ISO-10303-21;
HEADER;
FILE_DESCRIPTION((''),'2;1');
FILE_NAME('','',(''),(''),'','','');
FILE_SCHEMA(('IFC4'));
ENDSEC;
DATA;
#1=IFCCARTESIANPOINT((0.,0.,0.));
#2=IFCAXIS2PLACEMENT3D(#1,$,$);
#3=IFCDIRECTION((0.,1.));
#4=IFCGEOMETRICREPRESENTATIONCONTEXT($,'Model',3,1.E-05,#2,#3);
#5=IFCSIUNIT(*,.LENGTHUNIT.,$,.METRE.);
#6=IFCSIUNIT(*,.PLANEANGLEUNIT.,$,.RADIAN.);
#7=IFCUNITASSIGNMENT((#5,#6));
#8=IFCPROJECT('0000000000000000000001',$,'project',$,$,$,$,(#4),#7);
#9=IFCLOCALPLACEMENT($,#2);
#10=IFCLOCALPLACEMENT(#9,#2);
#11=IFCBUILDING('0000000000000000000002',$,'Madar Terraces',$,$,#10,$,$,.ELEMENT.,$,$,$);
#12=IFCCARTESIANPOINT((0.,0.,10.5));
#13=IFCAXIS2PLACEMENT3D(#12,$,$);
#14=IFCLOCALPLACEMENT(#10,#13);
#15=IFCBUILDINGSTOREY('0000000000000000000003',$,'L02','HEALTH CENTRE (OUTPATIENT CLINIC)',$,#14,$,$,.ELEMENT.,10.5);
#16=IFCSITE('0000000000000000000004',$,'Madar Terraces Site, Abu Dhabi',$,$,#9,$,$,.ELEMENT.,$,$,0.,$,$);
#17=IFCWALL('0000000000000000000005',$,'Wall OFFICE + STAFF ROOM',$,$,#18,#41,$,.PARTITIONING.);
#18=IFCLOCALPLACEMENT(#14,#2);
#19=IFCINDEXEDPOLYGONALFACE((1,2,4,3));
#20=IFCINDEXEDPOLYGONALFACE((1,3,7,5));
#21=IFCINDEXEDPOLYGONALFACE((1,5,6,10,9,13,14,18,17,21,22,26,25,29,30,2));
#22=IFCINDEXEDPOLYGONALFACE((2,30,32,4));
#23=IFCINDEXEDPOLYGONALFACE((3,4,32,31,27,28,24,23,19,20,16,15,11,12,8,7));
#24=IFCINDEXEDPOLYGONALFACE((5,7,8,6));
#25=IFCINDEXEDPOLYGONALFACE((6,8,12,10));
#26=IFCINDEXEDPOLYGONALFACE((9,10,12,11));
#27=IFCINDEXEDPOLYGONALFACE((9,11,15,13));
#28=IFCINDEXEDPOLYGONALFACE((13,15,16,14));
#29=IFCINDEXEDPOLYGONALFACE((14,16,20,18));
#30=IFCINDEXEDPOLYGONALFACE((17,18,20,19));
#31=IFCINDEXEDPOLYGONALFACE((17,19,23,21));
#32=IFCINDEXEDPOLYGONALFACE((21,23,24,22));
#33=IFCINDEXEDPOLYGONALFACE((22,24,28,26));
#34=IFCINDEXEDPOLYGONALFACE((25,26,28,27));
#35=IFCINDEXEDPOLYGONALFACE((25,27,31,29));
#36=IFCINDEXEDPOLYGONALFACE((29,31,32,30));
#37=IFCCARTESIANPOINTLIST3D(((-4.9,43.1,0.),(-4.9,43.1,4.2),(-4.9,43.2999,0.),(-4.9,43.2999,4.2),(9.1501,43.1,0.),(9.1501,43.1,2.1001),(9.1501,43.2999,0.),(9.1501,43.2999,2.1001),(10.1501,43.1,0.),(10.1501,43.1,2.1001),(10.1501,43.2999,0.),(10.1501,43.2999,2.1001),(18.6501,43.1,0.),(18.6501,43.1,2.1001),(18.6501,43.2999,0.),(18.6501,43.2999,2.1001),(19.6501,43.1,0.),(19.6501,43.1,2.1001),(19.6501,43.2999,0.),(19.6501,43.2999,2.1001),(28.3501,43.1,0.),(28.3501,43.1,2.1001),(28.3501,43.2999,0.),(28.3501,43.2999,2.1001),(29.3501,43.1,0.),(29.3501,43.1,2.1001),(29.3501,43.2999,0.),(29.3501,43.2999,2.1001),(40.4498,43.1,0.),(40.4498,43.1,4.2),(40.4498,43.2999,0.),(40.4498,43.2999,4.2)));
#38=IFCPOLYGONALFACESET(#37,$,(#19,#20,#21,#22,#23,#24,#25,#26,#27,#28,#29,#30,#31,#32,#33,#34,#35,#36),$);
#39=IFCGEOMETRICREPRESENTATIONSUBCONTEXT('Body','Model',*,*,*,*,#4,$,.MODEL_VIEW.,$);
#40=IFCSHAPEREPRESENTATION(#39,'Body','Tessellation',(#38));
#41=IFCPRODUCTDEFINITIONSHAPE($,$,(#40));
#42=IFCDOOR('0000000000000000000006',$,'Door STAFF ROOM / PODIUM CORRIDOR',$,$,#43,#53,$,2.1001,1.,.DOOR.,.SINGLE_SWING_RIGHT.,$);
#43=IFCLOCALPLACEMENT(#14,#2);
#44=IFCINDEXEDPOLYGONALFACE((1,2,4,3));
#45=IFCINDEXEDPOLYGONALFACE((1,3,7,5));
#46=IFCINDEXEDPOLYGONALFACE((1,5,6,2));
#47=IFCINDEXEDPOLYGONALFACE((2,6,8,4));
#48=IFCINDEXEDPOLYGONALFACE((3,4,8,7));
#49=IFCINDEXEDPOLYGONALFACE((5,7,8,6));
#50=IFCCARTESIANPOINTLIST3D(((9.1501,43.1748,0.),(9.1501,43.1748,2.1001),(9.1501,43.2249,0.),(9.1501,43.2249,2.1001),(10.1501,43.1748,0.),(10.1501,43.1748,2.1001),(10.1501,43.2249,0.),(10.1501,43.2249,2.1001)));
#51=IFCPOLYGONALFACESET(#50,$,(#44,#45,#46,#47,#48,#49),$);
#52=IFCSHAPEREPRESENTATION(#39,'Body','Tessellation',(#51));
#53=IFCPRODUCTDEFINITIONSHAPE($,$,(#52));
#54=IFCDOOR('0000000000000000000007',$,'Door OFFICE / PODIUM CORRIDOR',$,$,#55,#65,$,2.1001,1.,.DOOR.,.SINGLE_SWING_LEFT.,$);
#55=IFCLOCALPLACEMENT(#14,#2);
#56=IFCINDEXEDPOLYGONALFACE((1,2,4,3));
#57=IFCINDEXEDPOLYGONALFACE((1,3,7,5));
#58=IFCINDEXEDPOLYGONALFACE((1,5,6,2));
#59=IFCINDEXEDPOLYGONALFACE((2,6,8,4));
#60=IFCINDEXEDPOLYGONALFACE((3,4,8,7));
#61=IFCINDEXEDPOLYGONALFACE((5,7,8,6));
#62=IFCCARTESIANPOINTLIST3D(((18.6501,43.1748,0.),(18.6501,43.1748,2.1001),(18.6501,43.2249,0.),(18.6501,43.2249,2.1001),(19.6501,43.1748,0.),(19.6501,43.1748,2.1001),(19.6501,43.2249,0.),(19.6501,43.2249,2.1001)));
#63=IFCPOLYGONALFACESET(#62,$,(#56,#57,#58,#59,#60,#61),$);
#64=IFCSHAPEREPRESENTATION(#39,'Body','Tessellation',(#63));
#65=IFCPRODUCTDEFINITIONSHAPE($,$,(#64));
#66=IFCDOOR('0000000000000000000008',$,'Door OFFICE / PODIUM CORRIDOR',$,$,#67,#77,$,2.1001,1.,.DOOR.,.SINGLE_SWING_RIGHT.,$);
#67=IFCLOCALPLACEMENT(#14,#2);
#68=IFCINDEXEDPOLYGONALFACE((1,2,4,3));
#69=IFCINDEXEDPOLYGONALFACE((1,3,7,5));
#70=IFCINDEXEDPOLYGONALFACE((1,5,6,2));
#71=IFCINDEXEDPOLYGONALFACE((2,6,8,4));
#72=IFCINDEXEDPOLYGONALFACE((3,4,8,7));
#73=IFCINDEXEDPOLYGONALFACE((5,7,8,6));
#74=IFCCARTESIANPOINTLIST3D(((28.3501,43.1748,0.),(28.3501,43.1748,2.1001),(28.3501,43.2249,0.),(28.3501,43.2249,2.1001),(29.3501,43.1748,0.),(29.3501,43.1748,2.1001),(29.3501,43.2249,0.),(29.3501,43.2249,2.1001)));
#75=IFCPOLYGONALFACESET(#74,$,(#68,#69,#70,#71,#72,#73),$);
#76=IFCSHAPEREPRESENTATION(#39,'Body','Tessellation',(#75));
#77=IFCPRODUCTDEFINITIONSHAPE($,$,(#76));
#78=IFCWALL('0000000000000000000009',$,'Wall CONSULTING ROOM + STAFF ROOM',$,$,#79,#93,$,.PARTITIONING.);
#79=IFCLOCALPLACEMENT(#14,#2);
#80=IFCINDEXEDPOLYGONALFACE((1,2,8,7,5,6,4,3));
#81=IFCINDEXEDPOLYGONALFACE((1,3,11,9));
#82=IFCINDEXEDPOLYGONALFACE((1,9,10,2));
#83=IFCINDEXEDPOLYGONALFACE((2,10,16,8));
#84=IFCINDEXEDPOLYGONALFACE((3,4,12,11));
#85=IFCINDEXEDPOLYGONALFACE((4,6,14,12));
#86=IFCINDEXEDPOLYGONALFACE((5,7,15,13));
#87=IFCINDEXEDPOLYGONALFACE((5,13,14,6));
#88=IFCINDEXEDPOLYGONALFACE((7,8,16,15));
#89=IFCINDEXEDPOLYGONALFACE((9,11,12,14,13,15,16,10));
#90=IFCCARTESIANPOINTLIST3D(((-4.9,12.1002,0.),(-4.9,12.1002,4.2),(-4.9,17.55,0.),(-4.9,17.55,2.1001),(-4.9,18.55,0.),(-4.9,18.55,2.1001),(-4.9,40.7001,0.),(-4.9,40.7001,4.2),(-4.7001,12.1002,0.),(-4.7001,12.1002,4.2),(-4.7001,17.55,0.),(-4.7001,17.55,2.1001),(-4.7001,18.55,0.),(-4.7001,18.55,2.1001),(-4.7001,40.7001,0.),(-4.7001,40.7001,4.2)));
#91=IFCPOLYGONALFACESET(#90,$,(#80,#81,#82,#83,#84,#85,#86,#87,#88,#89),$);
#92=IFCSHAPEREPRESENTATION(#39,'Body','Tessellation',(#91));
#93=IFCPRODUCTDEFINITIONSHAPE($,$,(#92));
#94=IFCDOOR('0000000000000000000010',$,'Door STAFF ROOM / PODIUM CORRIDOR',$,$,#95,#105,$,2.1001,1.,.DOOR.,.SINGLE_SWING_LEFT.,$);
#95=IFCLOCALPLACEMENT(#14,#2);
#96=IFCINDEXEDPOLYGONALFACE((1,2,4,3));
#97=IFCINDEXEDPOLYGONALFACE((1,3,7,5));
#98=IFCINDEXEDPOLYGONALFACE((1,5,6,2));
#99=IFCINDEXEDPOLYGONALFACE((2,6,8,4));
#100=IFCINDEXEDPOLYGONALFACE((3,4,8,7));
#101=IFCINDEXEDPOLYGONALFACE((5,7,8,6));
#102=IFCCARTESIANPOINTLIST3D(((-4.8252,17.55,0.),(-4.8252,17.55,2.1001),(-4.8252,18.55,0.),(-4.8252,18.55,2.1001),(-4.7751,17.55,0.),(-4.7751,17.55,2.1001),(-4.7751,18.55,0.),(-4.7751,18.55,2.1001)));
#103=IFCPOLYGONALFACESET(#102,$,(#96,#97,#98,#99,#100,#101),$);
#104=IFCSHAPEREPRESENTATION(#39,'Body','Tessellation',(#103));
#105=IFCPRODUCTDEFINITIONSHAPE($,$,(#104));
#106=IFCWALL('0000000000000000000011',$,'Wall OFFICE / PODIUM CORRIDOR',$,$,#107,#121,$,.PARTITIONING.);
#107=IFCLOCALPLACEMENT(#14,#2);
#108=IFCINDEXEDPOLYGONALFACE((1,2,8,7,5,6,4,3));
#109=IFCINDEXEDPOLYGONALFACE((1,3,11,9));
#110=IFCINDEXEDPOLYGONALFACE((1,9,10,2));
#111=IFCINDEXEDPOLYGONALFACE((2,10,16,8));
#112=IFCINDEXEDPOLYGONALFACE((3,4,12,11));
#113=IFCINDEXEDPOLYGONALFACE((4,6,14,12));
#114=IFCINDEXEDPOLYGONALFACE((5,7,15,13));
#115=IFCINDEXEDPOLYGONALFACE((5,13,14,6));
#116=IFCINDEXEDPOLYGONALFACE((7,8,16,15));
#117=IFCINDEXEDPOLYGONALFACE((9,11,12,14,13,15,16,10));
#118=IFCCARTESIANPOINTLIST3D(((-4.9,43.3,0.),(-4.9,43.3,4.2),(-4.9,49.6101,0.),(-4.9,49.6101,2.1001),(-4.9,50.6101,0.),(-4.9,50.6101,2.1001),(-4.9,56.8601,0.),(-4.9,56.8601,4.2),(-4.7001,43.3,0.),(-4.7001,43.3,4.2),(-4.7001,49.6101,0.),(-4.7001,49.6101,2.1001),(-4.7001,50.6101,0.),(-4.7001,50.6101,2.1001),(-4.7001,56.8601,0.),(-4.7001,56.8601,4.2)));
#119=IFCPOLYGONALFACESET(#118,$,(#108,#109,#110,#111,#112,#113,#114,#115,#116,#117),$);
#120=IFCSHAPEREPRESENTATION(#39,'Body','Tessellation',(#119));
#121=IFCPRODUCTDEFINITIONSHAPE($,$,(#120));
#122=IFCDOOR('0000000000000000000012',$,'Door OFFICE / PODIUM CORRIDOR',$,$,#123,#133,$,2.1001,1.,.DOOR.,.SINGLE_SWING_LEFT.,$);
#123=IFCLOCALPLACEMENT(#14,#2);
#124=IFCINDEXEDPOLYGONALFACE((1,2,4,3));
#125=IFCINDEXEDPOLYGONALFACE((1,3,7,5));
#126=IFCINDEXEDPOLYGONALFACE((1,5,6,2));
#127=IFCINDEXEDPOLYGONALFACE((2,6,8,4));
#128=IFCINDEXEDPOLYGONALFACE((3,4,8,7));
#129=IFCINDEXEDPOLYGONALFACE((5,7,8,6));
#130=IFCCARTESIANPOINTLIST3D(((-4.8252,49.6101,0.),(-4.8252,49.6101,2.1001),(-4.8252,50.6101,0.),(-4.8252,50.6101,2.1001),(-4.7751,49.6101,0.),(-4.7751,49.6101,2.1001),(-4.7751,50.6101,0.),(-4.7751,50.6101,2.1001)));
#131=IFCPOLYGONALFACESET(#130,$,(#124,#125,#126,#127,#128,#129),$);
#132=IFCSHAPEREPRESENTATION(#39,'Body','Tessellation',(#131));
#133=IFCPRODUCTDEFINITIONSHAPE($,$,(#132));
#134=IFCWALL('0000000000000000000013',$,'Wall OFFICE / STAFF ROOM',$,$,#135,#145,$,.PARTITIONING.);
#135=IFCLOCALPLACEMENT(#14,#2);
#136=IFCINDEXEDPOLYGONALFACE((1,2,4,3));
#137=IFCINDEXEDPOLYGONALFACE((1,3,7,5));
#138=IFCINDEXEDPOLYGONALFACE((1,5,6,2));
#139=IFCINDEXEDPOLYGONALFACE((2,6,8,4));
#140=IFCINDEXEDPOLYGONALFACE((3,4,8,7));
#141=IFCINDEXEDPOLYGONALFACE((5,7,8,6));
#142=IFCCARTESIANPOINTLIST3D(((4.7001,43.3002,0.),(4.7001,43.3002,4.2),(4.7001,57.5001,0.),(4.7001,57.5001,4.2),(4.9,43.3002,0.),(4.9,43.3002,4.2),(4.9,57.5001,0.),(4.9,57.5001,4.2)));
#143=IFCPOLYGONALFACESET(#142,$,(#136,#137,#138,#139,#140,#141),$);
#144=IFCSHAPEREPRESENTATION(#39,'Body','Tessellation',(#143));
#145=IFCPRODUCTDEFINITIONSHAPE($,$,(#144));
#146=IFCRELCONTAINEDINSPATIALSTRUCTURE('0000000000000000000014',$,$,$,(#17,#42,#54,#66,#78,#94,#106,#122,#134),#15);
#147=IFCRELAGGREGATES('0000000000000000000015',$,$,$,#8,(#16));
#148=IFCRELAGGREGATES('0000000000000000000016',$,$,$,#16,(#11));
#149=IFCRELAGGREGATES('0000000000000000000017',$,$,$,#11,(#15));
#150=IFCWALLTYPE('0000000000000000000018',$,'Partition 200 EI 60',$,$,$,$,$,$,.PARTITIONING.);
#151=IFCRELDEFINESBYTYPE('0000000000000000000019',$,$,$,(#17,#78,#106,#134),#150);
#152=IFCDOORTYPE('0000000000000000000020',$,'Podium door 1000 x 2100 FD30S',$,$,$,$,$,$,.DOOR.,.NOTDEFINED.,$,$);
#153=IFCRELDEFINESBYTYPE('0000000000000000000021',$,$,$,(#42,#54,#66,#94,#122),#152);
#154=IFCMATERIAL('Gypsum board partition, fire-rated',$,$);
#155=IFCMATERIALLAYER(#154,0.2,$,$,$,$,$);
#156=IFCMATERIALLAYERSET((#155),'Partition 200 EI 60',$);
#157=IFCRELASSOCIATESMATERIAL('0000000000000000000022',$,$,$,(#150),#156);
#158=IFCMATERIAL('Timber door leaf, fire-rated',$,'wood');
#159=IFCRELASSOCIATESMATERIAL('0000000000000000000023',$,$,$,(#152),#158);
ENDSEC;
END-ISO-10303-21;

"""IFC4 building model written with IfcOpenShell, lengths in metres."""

from ifc_helpers import new_model, si_unit, direction, frame, frame_2d, origin, place, context, subcontext, project, spatial, rectangle, extrude, material, layer, layer_set, type_object, element, fill, save


model = new_model("IFC4")

# Units and contexts
model_context = context("Model", 3, precision=1e-05, world=origin(), true_north=direction((0.0, 1.0)))
body_context = subcontext(model_context, "Body", "Model", "MODEL_VIEW")
ifc_project = project(units=[si_unit("LENGTHUNIT", "METRE"), si_unit("PLANEANGLEUNIT", "RADIAN")], contexts=[model_context])

# Site, building, storey
site_placement = place(None, origin())
site = spatial("IfcSite", under=ifc_project, at=site_placement, Name="Madar Terraces Site, Abu Dhabi", CompositionType="ELEMENT", RefElevation=0.0)
building_placement = place(site_placement, origin())
building = spatial("IfcBuilding", under=site, at=building_placement, Name="Madar Terraces", CompositionType="ELEMENT")
storey_placement = place(building_placement, frame((0.0, 0.0, 10.5)))
storey = spatial("IfcBuildingStorey", under=building, at=storey_placement, Name="L02", Description="HEALTH CENTRE (OUTPATIENT CLINIC)", CompositionType="ELEMENT", Elevation=10.5)

# Shared definitions
ifc_material_1 = material(Name="Gypsum board partition, fire-rated")
ifc_layer_1 = layer(ifc_material_1, 0.2)
ifc_layer_set_1 = layer_set([ifc_layer_1], Name="Partition 200 EI 60")
wall_type = type_object("IfcWallType", Name="Partition 200 EI 60", PredefinedType="PARTITIONING", material=ifc_layer_set_1)

# Wall, openings, doors
wall_1_placement = place(storey_placement, frame((-4.8999, 43.2, 0.0), z_axis=(0.0, 0.0, 1.0), x_axis=(1.0, 0.0, 0.0)))
wall_1 = element("IfcWall", 1, at=wall_1_placement, inside=storey, type_object=wall_type, Name="Wall OFFICE + STAFF ROOM", PredefinedType="PARTITIONING", context=body_context, shape_type="SweptSolid", body=[
    extrude(rectangle(XDim=45.3499, YDim=0.2, at=frame_2d((22.6748, 0.0))), origin(), (0.0, 0.0, 1.0), 4.2),
])
opening_1_placement = place(wall_1_placement, frame((14.05, 0.0, 0.0)))
opening_1 = element("IfcOpeningElement", 2, at=opening_1_placement, cuts=wall_1, PredefinedType="OPENING", context=body_context, shape_type="SweptSolid", body=[
    extrude(rectangle(XDim=1.0, YDim=2.1001, at=frame_2d((0.5, 1.05))), frame((0.0, 0.1099, 0.0), z_axis=(0.0, -1.0, 0.0), x_axis=(1.0, 0.0, 0.0)), (0.0, 0.0, 1.0), 0.22),
])
opening_2_placement = place(wall_1_placement, frame((23.55, 0.0, 0.0)))
opening_2 = element("IfcOpeningElement", 3, at=opening_2_placement, cuts=wall_1, PredefinedType="OPENING", context=body_context, shape_type="SweptSolid", body=[
    extrude(rectangle(XDim=1.0, YDim=2.1001, at=frame_2d((0.5, 1.05))), frame((0.0, 0.1099, 0.0), z_axis=(0.0, -1.0, 0.0), x_axis=(1.0, 0.0, 0.0)), (0.0, 0.0, 1.0), 0.22),
])
opening_3_placement = place(wall_1_placement, frame((33.25, 0.0, 0.0)))
opening_3 = element("IfcOpeningElement", 4, at=opening_3_placement, cuts=wall_1, PredefinedType="OPENING", context=body_context, shape_type="SweptSolid", body=[
    extrude(rectangle(XDim=1.0, YDim=2.1001, at=frame_2d((0.5, 1.05))), frame((0.0, 0.1099, 0.0), z_axis=(0.0, -1.0, 0.0), x_axis=(1.0, 0.0, 0.0)), (0.0, 0.0, 1.0), 0.22),
])
ifc_material_2 = material(Name="Timber door leaf, fire-rated", Category="wood")
door_type = type_object("IfcDoorType", Name="Podium door 1000 x 2100 FD30S", OperationType="NOTDEFINED", PredefinedType="DOOR", material=ifc_material_2)
door_1_placement = place(opening_1_placement, origin())
door_1 = element("IfcDoor", 5, at=door_1_placement, inside=storey, type_object=door_type, Name="Door STAFF ROOM / PODIUM CORRIDOR", OperationType="SINGLE_SWING_RIGHT", OverallHeight=2.1001, OverallWidth=1.0, PredefinedType="DOOR", context=body_context, shape_type="SweptSolid", body=[
    extrude(rectangle(XDim=1.0, YDim=2.1001, at=frame_2d((0.5, 1.05))), frame((0.0, 0.0249, 0.0), z_axis=(0.0, -1.0, 0.0), x_axis=(1.0, 0.0, 0.0)), (0.0, 0.0, 1.0), 0.05),
])
fill(opening_1, door_1)
door_2_placement = place(opening_2_placement, origin())
door_2 = element("IfcDoor", 6, at=door_2_placement, inside=storey, type_object=door_type, Name="Door OFFICE / PODIUM CORRIDOR", OperationType="SINGLE_SWING_LEFT", OverallHeight=2.1001, OverallWidth=1.0, PredefinedType="DOOR", context=body_context, shape_type="SweptSolid", body=[
    extrude(rectangle(XDim=1.0, YDim=2.1001, at=frame_2d((0.5, 1.05))), frame((0.0, 0.0249, 0.0), z_axis=(0.0, -1.0, 0.0), x_axis=(1.0, 0.0, 0.0)), (0.0, 0.0, 1.0), 0.05),
])
fill(opening_2, door_2)
door_3_placement = place(opening_3_placement, origin())
door_3 = element("IfcDoor", 7, at=door_3_placement, inside=storey, type_object=door_type, Name="Door OFFICE / PODIUM CORRIDOR", OperationType="SINGLE_SWING_RIGHT", OverallHeight=2.1001, OverallWidth=1.0, PredefinedType="DOOR", context=body_context, shape_type="SweptSolid", body=[
    extrude(rectangle(XDim=1.0, YDim=2.1001, at=frame_2d((0.5, 1.05))), frame((0.0, 0.0249, 0.0), z_axis=(0.0, -1.0, 0.0), x_axis=(1.0, 0.0, 0.0)), (0.0, 0.0, 1.0), 0.05),
])
fill(opening_3, door_3)

# Walls, openings, doors
wall_2_placement = place(storey_placement, frame((-4.8, 40.7, 0.0), z_axis=(0.0, 0.0, 1.0), x_axis=(0.0, -1.0, 0.0)))
wall_2 = element("IfcWall", 8, at=wall_2_placement, inside=storey, type_object=wall_type, Name="Wall CONSULTING ROOM + STAFF ROOM", PredefinedType="PARTITIONING", context=body_context, shape_type="SweptSolid", body=[
    extrude(rectangle(XDim=28.5999, YDim=0.2, at=frame_2d((14.2998, 0.0))), origin(), (0.0, 0.0, 1.0), 4.2),
])
opening_4_placement = place(wall_2_placement, frame((22.1499, 0.0, 0.0)))
opening_4 = element("IfcOpeningElement", 9, at=opening_4_placement, cuts=wall_2, PredefinedType="OPENING", context=body_context, shape_type="SweptSolid", body=[
    extrude(rectangle(XDim=1.0, YDim=2.1001, at=frame_2d((0.5, 1.05))), frame((0.0, 0.1099, 0.0), z_axis=(0.0, -1.0, 0.0), x_axis=(1.0, 0.0, 0.0)), (0.0, 0.0, 1.0), 0.22),
])
door_4_placement = place(opening_4_placement, origin())
door_4 = element("IfcDoor", 10, at=door_4_placement, inside=storey, type_object=door_type, Name="Door STAFF ROOM / PODIUM CORRIDOR", OperationType="SINGLE_SWING_LEFT", OverallHeight=2.1001, OverallWidth=1.0, PredefinedType="DOOR", context=body_context, shape_type="SweptSolid", body=[
    extrude(rectangle(XDim=1.0, YDim=2.1001, at=frame_2d((0.5, 1.05))), frame((0.0, 0.0249, 0.0), z_axis=(0.0, -1.0, 0.0), x_axis=(1.0, 0.0, 0.0)), (0.0, 0.0, 1.0), 0.05),
])
fill(opening_4, door_4)
wall_3_placement = place(storey_placement, frame((-4.8, 56.8601, 0.0), z_axis=(0.0, 0.0, 1.0), x_axis=(0.0, -1.0, 0.0)))
wall_3 = element("IfcWall", 11, at=wall_3_placement, inside=storey, type_object=wall_type, Name="Wall OFFICE / PODIUM CORRIDOR", PredefinedType="PARTITIONING", context=body_context, shape_type="SweptSolid", body=[
    extrude(rectangle(XDim=13.5601, YDim=0.2, at=frame_2d((6.78, 0.0))), origin(), (0.0, 0.0, 1.0), 4.2),
])
opening_5_placement = place(wall_3_placement, frame((6.25, 0.0, 0.0)))
opening_5 = element("IfcOpeningElement", 12, at=opening_5_placement, cuts=wall_3, PredefinedType="OPENING", context=body_context, shape_type="SweptSolid", body=[
    extrude(rectangle(XDim=1.0, YDim=2.1001, at=frame_2d((0.5, 1.05))), frame((0.0, 0.1099, 0.0), z_axis=(0.0, -1.0, 0.0), x_axis=(1.0, 0.0, 0.0)), (0.0, 0.0, 1.0), 0.22),
])
door_5_placement = place(opening_5_placement, origin())
door_5 = element("IfcDoor", 13, at=door_5_placement, inside=storey, type_object=door_type, Name="Door OFFICE / PODIUM CORRIDOR", OperationType="SINGLE_SWING_LEFT", OverallHeight=2.1001, OverallWidth=1.0, PredefinedType="DOOR", context=body_context, shape_type="SweptSolid", body=[
    extrude(rectangle(XDim=1.0, YDim=2.1001, at=frame_2d((0.5, 1.05))), frame((0.0, 0.0249, 0.0), z_axis=(0.0, -1.0, 0.0), x_axis=(1.0, 0.0, 0.0)), (0.0, 0.0, 1.0), 0.05),
])
fill(opening_5, door_5)

# Wall
wall_4_placement = place(storey_placement, frame((4.8, 43.3, 0.0), z_axis=(0.0, 0.0, 1.0), x_axis=(0.0, 1.0, 0.0)))
element("IfcWall", 14, at=wall_4_placement, inside=storey, type_object=wall_type, Name="Wall OFFICE / STAFF ROOM", PredefinedType="PARTITIONING", context=body_context, shape_type="SweptSolid", body=[
    extrude(rectangle(XDim=14.2, YDim=0.2, at=frame_2d((7.1001, 0.0))), origin(), (0.0, 0.0, 1.0), 4.2),
])

save(model, "model.ifc")
